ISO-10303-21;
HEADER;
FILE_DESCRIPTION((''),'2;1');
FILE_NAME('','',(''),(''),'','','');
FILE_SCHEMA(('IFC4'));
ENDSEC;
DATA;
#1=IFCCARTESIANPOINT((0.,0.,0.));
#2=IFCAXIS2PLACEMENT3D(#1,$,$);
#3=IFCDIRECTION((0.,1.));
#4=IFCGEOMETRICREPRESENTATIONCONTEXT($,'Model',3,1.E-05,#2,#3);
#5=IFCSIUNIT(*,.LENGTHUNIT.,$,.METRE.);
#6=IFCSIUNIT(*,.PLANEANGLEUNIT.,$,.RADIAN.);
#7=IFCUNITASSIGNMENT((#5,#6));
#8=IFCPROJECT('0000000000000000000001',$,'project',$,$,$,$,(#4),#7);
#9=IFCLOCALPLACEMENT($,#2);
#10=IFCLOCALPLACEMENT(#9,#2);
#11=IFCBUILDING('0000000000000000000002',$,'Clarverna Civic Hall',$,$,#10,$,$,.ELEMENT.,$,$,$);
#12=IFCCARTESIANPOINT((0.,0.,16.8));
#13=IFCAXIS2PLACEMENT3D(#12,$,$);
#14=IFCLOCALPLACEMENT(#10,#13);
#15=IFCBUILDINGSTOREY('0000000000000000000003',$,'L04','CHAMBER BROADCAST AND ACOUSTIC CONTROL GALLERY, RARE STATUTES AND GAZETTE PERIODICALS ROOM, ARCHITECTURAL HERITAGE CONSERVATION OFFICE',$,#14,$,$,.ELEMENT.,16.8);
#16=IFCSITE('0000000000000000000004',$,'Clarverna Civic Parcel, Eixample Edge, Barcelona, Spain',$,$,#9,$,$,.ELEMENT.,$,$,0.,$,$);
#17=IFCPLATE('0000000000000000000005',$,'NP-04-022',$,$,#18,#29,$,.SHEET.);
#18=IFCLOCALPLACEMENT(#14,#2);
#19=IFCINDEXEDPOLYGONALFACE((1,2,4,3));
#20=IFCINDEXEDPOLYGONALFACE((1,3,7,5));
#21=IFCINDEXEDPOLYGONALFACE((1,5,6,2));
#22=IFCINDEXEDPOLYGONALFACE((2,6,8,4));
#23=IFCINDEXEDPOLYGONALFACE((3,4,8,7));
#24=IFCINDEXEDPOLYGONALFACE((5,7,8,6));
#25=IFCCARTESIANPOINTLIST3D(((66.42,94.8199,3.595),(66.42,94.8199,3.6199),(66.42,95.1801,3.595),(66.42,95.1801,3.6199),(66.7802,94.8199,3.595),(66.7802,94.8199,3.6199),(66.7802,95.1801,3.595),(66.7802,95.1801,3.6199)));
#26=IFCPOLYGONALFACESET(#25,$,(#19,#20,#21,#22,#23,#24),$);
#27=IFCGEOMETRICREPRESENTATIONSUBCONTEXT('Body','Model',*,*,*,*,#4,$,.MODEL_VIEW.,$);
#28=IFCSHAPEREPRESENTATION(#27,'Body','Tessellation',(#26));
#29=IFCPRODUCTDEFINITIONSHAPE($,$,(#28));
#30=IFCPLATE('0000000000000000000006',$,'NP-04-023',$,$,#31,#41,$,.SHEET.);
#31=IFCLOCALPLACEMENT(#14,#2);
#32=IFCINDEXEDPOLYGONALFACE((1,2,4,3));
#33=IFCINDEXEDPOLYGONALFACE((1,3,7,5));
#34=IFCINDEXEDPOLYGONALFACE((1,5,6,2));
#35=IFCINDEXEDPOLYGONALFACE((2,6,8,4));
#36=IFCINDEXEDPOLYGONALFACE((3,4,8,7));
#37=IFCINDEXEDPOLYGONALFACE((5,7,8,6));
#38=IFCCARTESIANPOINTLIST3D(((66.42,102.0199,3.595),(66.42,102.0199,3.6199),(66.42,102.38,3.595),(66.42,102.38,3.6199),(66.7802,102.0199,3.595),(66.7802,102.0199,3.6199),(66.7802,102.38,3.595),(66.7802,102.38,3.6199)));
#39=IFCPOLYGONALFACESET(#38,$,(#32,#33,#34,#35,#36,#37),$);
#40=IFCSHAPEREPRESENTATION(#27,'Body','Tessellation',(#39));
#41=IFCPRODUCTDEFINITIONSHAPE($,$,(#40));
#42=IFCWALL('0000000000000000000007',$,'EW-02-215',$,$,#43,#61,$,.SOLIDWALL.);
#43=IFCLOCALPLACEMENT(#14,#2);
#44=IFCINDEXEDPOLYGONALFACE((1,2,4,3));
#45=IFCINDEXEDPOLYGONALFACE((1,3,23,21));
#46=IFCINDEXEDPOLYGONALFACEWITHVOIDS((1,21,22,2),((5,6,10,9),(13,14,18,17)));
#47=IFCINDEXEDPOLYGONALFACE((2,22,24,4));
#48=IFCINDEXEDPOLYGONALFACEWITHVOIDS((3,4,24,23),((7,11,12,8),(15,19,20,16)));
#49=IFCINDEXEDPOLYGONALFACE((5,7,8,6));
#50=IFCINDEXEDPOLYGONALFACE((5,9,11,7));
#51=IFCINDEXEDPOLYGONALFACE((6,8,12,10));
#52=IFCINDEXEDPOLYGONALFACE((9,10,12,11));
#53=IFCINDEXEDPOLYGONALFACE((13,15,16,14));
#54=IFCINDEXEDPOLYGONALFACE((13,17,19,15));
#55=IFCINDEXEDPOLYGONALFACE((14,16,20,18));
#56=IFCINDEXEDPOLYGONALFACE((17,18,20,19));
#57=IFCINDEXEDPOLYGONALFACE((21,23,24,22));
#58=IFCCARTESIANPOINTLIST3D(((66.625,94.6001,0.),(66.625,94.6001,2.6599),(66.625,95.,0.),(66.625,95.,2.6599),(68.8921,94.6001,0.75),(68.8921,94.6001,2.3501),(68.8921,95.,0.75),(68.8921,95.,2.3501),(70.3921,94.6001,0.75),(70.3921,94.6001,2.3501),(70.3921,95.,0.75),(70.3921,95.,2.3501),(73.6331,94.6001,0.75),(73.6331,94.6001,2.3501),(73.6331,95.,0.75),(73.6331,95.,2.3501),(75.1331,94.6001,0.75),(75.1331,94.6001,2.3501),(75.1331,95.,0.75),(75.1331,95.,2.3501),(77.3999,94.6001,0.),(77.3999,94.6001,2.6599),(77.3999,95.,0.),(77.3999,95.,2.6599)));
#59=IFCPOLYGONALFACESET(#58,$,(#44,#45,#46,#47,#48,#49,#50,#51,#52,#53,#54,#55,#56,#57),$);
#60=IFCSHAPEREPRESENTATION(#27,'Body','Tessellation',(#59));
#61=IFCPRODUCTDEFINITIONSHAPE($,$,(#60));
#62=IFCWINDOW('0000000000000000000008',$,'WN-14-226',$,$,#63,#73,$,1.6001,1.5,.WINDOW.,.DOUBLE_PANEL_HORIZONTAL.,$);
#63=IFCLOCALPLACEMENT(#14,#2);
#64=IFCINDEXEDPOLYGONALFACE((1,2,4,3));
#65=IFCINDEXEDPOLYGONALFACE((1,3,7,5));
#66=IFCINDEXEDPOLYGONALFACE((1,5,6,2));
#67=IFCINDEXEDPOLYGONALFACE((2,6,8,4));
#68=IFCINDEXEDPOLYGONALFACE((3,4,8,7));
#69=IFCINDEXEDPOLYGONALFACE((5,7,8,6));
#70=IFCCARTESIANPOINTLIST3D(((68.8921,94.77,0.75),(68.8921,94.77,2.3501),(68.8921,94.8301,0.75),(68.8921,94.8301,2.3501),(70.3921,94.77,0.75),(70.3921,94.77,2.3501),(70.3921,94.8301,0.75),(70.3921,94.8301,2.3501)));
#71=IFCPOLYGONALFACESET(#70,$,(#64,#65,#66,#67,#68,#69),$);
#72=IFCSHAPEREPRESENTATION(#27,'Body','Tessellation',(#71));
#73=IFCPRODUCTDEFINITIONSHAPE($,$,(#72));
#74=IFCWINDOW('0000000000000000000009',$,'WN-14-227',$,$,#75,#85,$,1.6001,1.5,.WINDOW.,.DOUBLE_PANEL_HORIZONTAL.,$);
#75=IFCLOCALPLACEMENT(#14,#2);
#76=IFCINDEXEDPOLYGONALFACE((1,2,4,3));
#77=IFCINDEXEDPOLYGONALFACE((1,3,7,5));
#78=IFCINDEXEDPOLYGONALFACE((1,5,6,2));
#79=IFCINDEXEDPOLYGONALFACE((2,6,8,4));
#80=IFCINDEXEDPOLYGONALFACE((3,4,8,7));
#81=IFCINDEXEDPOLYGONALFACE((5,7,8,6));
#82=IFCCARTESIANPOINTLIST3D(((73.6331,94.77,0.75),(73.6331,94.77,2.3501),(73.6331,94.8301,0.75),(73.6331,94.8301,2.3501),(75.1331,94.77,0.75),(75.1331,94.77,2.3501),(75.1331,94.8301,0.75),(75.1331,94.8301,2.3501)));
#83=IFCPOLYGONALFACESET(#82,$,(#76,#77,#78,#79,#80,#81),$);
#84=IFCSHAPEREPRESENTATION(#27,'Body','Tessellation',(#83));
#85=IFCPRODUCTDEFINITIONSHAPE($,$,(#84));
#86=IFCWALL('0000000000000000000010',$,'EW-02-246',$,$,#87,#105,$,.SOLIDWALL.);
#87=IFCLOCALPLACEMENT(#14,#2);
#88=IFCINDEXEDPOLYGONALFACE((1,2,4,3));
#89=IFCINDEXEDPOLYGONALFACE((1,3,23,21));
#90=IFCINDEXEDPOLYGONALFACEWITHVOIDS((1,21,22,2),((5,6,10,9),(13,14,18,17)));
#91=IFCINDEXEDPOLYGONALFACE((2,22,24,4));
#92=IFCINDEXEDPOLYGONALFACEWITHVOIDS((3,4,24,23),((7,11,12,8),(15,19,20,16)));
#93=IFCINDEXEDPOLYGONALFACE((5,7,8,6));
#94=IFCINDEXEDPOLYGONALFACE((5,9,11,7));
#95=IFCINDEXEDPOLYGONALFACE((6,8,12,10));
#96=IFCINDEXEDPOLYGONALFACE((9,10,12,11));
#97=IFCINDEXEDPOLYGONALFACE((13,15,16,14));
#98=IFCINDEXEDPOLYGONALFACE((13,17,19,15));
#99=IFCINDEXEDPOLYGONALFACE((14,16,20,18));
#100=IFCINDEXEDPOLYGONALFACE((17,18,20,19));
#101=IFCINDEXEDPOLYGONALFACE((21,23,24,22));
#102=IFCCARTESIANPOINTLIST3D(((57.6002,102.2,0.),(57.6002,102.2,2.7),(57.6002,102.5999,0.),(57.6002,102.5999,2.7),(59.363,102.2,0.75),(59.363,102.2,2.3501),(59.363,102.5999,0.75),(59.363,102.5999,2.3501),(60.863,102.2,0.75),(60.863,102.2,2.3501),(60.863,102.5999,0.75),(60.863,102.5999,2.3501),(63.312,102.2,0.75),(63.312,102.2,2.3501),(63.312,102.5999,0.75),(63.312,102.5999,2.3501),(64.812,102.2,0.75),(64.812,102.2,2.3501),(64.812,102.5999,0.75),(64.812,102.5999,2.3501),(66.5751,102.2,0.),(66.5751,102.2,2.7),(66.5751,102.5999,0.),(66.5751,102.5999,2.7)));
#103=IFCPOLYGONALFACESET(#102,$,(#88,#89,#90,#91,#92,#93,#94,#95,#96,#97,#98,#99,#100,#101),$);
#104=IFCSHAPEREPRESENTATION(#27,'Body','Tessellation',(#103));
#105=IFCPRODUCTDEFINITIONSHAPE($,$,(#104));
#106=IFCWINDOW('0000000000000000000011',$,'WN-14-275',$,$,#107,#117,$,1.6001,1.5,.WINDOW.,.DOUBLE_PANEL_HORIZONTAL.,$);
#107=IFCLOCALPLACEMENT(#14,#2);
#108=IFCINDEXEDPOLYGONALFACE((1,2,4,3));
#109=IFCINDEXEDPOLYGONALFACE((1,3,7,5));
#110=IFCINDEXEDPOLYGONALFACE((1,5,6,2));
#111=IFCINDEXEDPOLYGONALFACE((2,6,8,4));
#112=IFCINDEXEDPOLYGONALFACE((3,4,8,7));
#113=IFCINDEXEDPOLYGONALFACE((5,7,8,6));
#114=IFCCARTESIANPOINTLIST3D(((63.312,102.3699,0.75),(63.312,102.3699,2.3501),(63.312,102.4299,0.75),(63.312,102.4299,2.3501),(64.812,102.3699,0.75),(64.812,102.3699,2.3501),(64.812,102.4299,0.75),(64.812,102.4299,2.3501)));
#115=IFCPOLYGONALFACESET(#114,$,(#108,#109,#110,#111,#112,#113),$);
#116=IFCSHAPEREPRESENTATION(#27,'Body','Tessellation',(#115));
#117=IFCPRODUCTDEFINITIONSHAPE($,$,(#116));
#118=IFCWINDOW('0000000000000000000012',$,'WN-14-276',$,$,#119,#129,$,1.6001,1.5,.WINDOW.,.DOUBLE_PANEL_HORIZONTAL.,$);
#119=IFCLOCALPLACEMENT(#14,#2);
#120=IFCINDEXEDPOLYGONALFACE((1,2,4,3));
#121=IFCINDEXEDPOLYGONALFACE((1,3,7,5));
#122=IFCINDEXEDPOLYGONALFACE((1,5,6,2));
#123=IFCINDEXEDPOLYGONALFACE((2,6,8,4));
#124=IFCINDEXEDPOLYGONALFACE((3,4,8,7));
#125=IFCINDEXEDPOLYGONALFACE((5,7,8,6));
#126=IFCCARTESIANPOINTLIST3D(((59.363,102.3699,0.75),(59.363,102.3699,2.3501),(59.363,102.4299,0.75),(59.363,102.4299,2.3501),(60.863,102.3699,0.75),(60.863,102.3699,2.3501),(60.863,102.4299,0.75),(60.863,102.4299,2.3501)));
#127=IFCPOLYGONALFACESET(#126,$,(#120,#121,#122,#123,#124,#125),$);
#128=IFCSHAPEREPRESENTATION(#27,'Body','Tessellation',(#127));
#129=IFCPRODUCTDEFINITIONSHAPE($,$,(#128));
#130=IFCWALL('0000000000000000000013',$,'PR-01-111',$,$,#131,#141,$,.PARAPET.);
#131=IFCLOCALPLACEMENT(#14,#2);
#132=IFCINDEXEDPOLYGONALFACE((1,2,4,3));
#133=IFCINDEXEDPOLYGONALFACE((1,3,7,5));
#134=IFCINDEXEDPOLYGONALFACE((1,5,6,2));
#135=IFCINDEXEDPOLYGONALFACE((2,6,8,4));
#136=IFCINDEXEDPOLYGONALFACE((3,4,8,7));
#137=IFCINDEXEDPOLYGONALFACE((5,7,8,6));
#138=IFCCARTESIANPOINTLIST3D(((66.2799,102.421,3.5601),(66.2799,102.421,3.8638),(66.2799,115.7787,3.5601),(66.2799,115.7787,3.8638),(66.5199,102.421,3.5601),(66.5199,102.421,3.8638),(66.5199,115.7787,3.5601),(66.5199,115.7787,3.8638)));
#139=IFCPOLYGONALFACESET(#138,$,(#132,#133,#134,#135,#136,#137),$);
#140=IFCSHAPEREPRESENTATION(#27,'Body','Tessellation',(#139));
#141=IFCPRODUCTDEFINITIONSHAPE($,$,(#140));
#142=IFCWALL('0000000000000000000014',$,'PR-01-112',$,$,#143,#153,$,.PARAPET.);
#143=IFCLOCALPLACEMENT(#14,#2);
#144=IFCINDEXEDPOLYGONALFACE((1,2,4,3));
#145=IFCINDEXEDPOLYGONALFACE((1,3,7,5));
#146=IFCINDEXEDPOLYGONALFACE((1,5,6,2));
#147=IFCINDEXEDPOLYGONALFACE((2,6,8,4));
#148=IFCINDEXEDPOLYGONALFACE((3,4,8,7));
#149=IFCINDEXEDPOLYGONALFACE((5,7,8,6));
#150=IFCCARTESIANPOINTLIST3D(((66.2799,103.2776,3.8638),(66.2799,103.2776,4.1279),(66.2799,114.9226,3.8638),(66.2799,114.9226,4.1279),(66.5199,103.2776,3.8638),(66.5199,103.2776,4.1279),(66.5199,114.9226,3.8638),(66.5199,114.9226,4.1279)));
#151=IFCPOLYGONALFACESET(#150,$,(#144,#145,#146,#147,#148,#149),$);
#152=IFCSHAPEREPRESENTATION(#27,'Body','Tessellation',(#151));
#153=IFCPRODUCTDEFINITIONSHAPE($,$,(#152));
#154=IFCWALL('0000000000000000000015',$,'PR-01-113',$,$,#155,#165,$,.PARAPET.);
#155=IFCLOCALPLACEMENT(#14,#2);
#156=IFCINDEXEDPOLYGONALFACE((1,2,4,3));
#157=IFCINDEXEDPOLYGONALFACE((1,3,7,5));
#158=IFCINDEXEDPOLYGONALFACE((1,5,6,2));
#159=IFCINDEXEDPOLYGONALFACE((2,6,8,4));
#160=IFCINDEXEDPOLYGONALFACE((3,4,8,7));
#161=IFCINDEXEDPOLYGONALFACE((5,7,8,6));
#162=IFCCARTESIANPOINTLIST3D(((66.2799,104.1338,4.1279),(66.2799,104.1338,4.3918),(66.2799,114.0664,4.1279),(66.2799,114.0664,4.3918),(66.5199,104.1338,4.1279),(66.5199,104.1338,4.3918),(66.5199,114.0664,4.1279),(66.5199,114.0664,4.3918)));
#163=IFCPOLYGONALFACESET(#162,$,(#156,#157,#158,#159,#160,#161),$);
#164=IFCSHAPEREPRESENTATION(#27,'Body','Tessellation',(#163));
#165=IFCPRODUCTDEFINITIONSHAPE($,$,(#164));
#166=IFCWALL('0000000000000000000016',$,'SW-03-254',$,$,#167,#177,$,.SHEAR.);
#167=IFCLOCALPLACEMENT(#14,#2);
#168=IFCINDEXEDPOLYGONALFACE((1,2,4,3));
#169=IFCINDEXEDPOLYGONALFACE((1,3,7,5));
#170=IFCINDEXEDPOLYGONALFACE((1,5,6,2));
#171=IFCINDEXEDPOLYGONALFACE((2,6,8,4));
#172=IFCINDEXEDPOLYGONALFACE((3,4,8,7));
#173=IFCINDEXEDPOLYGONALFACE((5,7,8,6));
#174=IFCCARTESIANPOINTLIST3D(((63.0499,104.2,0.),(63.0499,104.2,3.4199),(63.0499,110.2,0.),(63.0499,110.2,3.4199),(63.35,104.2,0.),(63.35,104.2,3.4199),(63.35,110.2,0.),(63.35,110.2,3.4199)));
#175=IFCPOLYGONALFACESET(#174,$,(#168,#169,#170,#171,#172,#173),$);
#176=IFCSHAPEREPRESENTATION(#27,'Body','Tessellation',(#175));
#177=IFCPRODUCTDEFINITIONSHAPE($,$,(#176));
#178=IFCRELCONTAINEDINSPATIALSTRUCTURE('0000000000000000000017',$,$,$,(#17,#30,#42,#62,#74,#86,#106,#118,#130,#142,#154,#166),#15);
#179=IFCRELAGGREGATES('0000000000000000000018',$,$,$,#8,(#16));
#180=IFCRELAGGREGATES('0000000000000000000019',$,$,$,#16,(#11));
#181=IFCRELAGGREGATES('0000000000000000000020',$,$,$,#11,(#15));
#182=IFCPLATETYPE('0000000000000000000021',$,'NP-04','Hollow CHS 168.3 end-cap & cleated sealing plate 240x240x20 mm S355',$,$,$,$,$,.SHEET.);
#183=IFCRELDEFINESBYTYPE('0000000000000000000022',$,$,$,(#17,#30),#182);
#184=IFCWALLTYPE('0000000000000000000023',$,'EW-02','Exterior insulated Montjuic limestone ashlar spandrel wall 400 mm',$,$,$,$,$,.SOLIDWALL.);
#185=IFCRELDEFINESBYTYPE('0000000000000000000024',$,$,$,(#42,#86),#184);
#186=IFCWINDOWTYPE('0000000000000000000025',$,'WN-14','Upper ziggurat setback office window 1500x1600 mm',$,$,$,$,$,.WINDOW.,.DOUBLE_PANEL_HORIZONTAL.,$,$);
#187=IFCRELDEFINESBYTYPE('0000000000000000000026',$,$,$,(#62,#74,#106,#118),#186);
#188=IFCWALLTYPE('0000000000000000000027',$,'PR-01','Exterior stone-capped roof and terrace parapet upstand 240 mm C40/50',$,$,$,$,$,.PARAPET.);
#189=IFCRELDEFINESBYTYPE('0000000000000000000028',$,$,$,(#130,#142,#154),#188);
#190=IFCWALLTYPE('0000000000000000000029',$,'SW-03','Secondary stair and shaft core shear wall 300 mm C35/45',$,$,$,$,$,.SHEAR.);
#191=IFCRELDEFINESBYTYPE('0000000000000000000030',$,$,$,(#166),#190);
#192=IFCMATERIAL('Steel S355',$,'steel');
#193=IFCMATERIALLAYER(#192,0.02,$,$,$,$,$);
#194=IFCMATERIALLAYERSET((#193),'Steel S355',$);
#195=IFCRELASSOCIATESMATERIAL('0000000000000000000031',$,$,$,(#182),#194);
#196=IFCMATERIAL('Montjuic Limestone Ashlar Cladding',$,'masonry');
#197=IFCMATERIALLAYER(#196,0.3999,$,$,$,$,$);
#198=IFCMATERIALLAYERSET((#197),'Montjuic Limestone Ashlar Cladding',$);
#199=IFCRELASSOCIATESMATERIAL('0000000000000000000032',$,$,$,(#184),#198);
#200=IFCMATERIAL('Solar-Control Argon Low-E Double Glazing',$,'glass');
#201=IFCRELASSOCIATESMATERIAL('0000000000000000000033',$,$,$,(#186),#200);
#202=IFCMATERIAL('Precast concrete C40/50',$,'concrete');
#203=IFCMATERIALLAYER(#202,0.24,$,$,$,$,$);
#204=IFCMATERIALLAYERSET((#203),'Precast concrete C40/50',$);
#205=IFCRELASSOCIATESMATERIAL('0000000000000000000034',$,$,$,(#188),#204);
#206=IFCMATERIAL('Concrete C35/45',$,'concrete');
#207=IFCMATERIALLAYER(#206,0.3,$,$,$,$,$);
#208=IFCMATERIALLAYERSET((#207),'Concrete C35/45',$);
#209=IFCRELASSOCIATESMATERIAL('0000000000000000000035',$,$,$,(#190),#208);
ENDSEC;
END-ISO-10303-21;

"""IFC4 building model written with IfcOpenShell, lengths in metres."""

from ifc_helpers import new_model, si_unit, direction, frame, frame_2d, origin, origin_2d, place, context, subcontext, project, spatial, rectangle, extrude, material, layer, layer_set, type_object, element, fill, save


model = new_model("IFC4")

# Units and contexts
model_context = context("Model", 3, precision=1e-05, world=origin(), true_north=direction((0.0, 1.0)))
body_context = subcontext(model_context, "Body", "Model", "MODEL_VIEW")
ifc_project = project(units=[si_unit("LENGTHUNIT", "METRE"), si_unit("PLANEANGLEUNIT", "RADIAN")], contexts=[model_context])

# Site, building, storey
site_placement = place(None, origin())
site = spatial("IfcSite", under=ifc_project, at=site_placement, Name="Clarverna Civic Parcel, Eixample Edge, Barcelona, Spain", CompositionType="ELEMENT", RefElevation=0.0)
building_placement = place(site_placement, origin())
building = spatial("IfcBuilding", under=site, at=building_placement, Name="Clarverna Civic Hall", CompositionType="ELEMENT")
storey_placement = place(building_placement, frame((0.0, 0.0, 16.8)))
storey = spatial("IfcBuildingStorey", under=building, at=storey_placement, Name="L04", Description="CHAMBER BROADCAST AND ACOUSTIC CONTROL GALLERY, RARE STATUTES AND GAZETTE PERIODICALS ROOM, ARCHITECTURAL HERITAGE CONSERVATION OFFICE", CompositionType="ELEMENT", Elevation=16.8)

# Shared definitions
ifc_material_1 = material(Name="Steel S355", Category="steel")

# Shared definitions
ifc_material_2 = material(Name="Concrete C35/45", Category="concrete")

# Plates
ifc_layer_1 = layer(ifc_material_1, 0.02)
ifc_layer_set_1 = layer_set([ifc_layer_1], Name="Steel S355")
plate_type_1 = type_object("IfcPlateType", Name="NP-04", Description="Hollow CHS 168.3 end-cap & cleated sealing plate 240x240x20 mm S355", PredefinedType="SHEET", material=ifc_layer_set_1)
for number, where, z_axis, x_axis, name in (
    (1, (66.6001, 95.0, 3.595), (0.0, 0.0, 1.0), (1.0, 0.0, 0.0), "NP-04-022"),
    (2, (66.6001, 102.2, 3.595), (0.0, 0.0, 1.0), (1.0, 0.0, 0.0), "NP-04-023"),
):
    element("IfcPlate", number, at=place(storey_placement, frame(where, z_axis=z_axis, x_axis=x_axis)), inside=storey, type_object=plate_type_1, Name=name, PredefinedType="SHEET", context=body_context, shape_type="SweptSolid", body=[
        extrude(rectangle(XDim=0.3601, YDim=0.3601, at=origin_2d()), origin(), (0.0, 0.0, 1.0), 0.0249),
    ])

# Walls, openings, windows
ifc_material_3 = material(Name="Montjuic Limestone Ashlar Cladding", Category="masonry")
ifc_layer_2 = layer(ifc_material_3, 0.3999)
ifc_layer_set_2 = layer_set([ifc_layer_2], Name="Montjuic Limestone Ashlar Cladding")
wall_type_1 = type_object("IfcWallType", Name="EW-02", Description="Exterior insulated Montjuic limestone ashlar spandrel wall 400 mm", PredefinedType="SOLIDWALL", material=ifc_layer_set_2)
wall_1_placement = place(storey_placement, frame((66.625, 94.8, 0.0), z_axis=(0.0, 0.0, 1.0), x_axis=(1.0, 0.0, 0.0)))
wall_1 = element("IfcWall", 3, at=wall_1_placement, inside=storey, type_object=wall_type_1, Name="EW-02-215", PredefinedType="SOLIDWALL", context=body_context, shape_type="SweptSolid", body=[
    extrude(rectangle(XDim=10.7749, YDim=0.3999, at=frame_2d((5.3875, 0.0))), origin(), (0.0, 0.0, 1.0), 2.6599),
])
opening_1_placement = place(wall_1_placement, frame((2.2671, 0.0, 0.75)))
opening_1 = element("IfcOpeningElement", 4, at=opening_1_placement, cuts=wall_1, PredefinedType="OPENING", context=body_context, shape_type="SweptSolid", body=[
    extrude(rectangle(XDim=1.5, YDim=1.6001, at=frame_2d((0.75, 0.8))), frame((0.0, 0.21, 0.0), z_axis=(0.0, -1.0, 0.0), x_axis=(1.0, 0.0, 0.0)), (0.0, 0.0, 1.0), 0.4199),
])
opening_2_placement = place(wall_1_placement, frame((7.0081, 0.0, 0.75)))
opening_2 = element("IfcOpeningElement", 5, at=opening_2_placement, cuts=wall_1, PredefinedType="OPENING", context=body_context, shape_type="SweptSolid", body=[
    extrude(rectangle(XDim=1.5, YDim=1.6001, at=frame_2d((0.75, 0.8))), frame((0.0, 0.21, 0.0), z_axis=(0.0, -1.0, 0.0), x_axis=(1.0, 0.0, 0.0)), (0.0, 0.0, 1.0), 0.4199),
])
ifc_material_4 = material(Name="Solar-Control Argon Low-E Double Glazing", Category="glass")
window_type = type_object("IfcWindowType", Name="WN-14", Description="Upper ziggurat setback office window 1500x1600 mm", PartitioningType="DOUBLE_PANEL_HORIZONTAL", PredefinedType="WINDOW", material=ifc_material_4)
window_1_placement = place(opening_1_placement, origin())
window_1 = element("IfcWindow", 6, at=window_1_placement, inside=storey, type_object=window_type, Name="WN-14-226", OverallHeight=1.6001, OverallWidth=1.5, PartitioningType="DOUBLE_PANEL_HORIZONTAL", PredefinedType="WINDOW", context=body_context, shape_type="SweptSolid", body=[
    extrude(rectangle(XDim=1.5, YDim=1.6001, at=frame_2d((0.75, 0.8))), frame((0.0, 0.03, 0.0), z_axis=(0.0, -1.0, 0.0), x_axis=(1.0, 0.0, 0.0)), (0.0, 0.0, 1.0), 0.0601),
])
fill(opening_1, window_1)
window_2_placement = place(opening_2_placement, origin())
window_2 = element("IfcWindow", 7, at=window_2_placement, inside=storey, type_object=window_type, Name="WN-14-227", OverallHeight=1.6001, OverallWidth=1.5, PartitioningType="DOUBLE_PANEL_HORIZONTAL", PredefinedType="WINDOW", context=body_context, shape_type="SweptSolid", body=[
    extrude(rectangle(XDim=1.5, YDim=1.6001, at=frame_2d((0.75, 0.8))), frame((0.0, 0.03, 0.0), z_axis=(0.0, -1.0, 0.0), x_axis=(1.0, 0.0, 0.0)), (0.0, 0.0, 1.0), 0.0601),
])
fill(opening_2, window_2)
wall_2_placement = place(storey_placement, frame((66.575, 102.3999, 0.0), z_axis=(0.0, 0.0, 1.0), x_axis=(-1.0, 0.0, 0.0)))
wall_2 = element("IfcWall", 8, at=wall_2_placement, inside=storey, type_object=wall_type_1, Name="EW-02-246", PredefinedType="SOLIDWALL", context=body_context, shape_type="SweptSolid", body=[
    extrude(rectangle(XDim=8.9749, YDim=0.3999, at=frame_2d((4.4873, 0.0))), origin(), (0.0, 0.0, 1.0), 2.7),
])
opening_3_placement = place(wall_2_placement, frame((1.7629, 0.0, 0.75)))
opening_3 = element("IfcOpeningElement", 9, at=opening_3_placement, cuts=wall_2, PredefinedType="OPENING", context=body_context, shape_type="SweptSolid", body=[
    extrude(rectangle(XDim=1.5, YDim=1.6001, at=frame_2d((0.75, 0.8))), frame((0.0, 0.21, 0.0), z_axis=(0.0, -1.0, 0.0), x_axis=(1.0, 0.0, 0.0)), (0.0, 0.0, 1.0), 0.4199),
])
opening_4_placement = place(wall_2_placement, frame((5.7119, 0.0, 0.75)))
opening_4 = element("IfcOpeningElement", 10, at=opening_4_placement, cuts=wall_2, PredefinedType="OPENING", context=body_context, shape_type="SweptSolid", body=[
    extrude(rectangle(XDim=1.5, YDim=1.6001, at=frame_2d((0.75, 0.8))), frame((0.0, 0.21, 0.0), z_axis=(0.0, -1.0, 0.0), x_axis=(1.0, 0.0, 0.0)), (0.0, 0.0, 1.0), 0.4199),
])
window_3_placement = place(opening_3_placement, origin())
window_3 = element("IfcWindow", 11, at=window_3_placement, inside=storey, type_object=window_type, Name="WN-14-275", OverallHeight=1.6001, OverallWidth=1.5, PartitioningType="DOUBLE_PANEL_HORIZONTAL", PredefinedType="WINDOW", context=body_context, shape_type="SweptSolid", body=[
    extrude(rectangle(XDim=1.5, YDim=1.6001, at=frame_2d((0.75, 0.8))), frame((0.0, 0.03, 0.0), z_axis=(0.0, -1.0, 0.0), x_axis=(1.0, 0.0, 0.0)), (0.0, 0.0, 1.0), 0.0601),
])
fill(opening_3, window_3)
window_4_placement = place(opening_4_placement, origin())
window_4 = element("IfcWindow", 12, at=window_4_placement, inside=storey, type_object=window_type, Name="WN-14-276", OverallHeight=1.6001, OverallWidth=1.5, PartitioningType="DOUBLE_PANEL_HORIZONTAL", PredefinedType="WINDOW", context=body_context, shape_type="SweptSolid", body=[
    extrude(rectangle(XDim=1.5, YDim=1.6001, at=frame_2d((0.75, 0.8))), frame((0.0, 0.03, 0.0), z_axis=(0.0, -1.0, 0.0), x_axis=(1.0, 0.0, 0.0)), (0.0, 0.0, 1.0), 0.0601),
])
fill(opening_4, window_4)

# Walls
ifc_material_5 = material(Name="Precast concrete C40/50", Category="concrete")
ifc_layer_3 = layer(ifc_material_5, 0.24)
ifc_layer_set_3 = layer_set([ifc_layer_3], Name="Precast concrete C40/50")
wall_type_2 = type_object("IfcWallType", Name="PR-01", Description="Exterior stone-capped roof and terrace parapet upstand 240 mm C40/50", PredefinedType="PARAPET", material=ifc_layer_set_3)
wall_3_placement = place(storey_placement, frame((66.3999, 102.4211, 3.5601), z_axis=(0.0, 0.0, 1.0), x_axis=(0.0, 1.0, 0.0)))
element("IfcWall", 13, at=wall_3_placement, inside=storey, type_object=wall_type_2, Name="PR-01-111", PredefinedType="PARAPET", context=body_context, shape_type="SweptSolid", body=[
    extrude(rectangle(XDim=13.3577, YDim=0.24, at=frame_2d((6.6787, 0.0))), origin(), (0.0, 0.0, 1.0), 0.3037),
])
wall_4_placement = place(storey_placement, frame((66.3999, 103.2776, 3.8638), z_axis=(0.0, 0.0, 1.0), x_axis=(0.0, 1.0, 0.0)))
element("IfcWall", 14, at=wall_4_placement, inside=storey, type_object=wall_type_2, Name="PR-01-112", PredefinedType="PARAPET", context=body_context, shape_type="SweptSolid", body=[
    extrude(rectangle(XDim=11.645, YDim=0.24, at=frame_2d((5.8225, 0.0))), origin(), (0.0, 0.0, 1.0), 0.2642),
])
wall_5_placement = place(storey_placement, frame((66.3999, 104.1338, 4.1279), z_axis=(0.0, 0.0, 1.0), x_axis=(0.0, 1.0, 0.0)))
element("IfcWall", 15, at=wall_5_placement, inside=storey, type_object=wall_type_2, Name="PR-01-113", PredefinedType="PARAPET", context=body_context, shape_type="SweptSolid", body=[
    extrude(rectangle(XDim=9.9326, YDim=0.24, at=frame_2d((4.9663, 0.0))), origin(), (0.0, 0.0, 1.0), 0.2639),
])
ifc_layer_4 = layer(ifc_material_2, 0.3)
ifc_layer_set_4 = layer_set([ifc_layer_4], Name="Concrete C35/45")
wall_type_3 = type_object("IfcWallType", Name="SW-03", Description="Secondary stair and shaft core shear wall 300 mm C35/45", PredefinedType="SHEAR", material=ifc_layer_set_4)
wall_6_placement = place(storey_placement, frame((63.2, 104.2, 0.0), z_axis=(0.0, 0.0, 1.0), x_axis=(0.0, 1.0, 0.0)))
element("IfcWall", 16, at=wall_6_placement, inside=storey, type_object=wall_type_3, Name="SW-03-254", PredefinedType="SHEAR", context=body_context, shape_type="SweptSolid", body=[
    extrude(rectangle(XDim=6.0, YDim=0.3, at=frame_2d((3.0, 0.0))), origin(), (0.0, 0.0, 1.0), 3.4199),
])

save(model, "model.ifc")
